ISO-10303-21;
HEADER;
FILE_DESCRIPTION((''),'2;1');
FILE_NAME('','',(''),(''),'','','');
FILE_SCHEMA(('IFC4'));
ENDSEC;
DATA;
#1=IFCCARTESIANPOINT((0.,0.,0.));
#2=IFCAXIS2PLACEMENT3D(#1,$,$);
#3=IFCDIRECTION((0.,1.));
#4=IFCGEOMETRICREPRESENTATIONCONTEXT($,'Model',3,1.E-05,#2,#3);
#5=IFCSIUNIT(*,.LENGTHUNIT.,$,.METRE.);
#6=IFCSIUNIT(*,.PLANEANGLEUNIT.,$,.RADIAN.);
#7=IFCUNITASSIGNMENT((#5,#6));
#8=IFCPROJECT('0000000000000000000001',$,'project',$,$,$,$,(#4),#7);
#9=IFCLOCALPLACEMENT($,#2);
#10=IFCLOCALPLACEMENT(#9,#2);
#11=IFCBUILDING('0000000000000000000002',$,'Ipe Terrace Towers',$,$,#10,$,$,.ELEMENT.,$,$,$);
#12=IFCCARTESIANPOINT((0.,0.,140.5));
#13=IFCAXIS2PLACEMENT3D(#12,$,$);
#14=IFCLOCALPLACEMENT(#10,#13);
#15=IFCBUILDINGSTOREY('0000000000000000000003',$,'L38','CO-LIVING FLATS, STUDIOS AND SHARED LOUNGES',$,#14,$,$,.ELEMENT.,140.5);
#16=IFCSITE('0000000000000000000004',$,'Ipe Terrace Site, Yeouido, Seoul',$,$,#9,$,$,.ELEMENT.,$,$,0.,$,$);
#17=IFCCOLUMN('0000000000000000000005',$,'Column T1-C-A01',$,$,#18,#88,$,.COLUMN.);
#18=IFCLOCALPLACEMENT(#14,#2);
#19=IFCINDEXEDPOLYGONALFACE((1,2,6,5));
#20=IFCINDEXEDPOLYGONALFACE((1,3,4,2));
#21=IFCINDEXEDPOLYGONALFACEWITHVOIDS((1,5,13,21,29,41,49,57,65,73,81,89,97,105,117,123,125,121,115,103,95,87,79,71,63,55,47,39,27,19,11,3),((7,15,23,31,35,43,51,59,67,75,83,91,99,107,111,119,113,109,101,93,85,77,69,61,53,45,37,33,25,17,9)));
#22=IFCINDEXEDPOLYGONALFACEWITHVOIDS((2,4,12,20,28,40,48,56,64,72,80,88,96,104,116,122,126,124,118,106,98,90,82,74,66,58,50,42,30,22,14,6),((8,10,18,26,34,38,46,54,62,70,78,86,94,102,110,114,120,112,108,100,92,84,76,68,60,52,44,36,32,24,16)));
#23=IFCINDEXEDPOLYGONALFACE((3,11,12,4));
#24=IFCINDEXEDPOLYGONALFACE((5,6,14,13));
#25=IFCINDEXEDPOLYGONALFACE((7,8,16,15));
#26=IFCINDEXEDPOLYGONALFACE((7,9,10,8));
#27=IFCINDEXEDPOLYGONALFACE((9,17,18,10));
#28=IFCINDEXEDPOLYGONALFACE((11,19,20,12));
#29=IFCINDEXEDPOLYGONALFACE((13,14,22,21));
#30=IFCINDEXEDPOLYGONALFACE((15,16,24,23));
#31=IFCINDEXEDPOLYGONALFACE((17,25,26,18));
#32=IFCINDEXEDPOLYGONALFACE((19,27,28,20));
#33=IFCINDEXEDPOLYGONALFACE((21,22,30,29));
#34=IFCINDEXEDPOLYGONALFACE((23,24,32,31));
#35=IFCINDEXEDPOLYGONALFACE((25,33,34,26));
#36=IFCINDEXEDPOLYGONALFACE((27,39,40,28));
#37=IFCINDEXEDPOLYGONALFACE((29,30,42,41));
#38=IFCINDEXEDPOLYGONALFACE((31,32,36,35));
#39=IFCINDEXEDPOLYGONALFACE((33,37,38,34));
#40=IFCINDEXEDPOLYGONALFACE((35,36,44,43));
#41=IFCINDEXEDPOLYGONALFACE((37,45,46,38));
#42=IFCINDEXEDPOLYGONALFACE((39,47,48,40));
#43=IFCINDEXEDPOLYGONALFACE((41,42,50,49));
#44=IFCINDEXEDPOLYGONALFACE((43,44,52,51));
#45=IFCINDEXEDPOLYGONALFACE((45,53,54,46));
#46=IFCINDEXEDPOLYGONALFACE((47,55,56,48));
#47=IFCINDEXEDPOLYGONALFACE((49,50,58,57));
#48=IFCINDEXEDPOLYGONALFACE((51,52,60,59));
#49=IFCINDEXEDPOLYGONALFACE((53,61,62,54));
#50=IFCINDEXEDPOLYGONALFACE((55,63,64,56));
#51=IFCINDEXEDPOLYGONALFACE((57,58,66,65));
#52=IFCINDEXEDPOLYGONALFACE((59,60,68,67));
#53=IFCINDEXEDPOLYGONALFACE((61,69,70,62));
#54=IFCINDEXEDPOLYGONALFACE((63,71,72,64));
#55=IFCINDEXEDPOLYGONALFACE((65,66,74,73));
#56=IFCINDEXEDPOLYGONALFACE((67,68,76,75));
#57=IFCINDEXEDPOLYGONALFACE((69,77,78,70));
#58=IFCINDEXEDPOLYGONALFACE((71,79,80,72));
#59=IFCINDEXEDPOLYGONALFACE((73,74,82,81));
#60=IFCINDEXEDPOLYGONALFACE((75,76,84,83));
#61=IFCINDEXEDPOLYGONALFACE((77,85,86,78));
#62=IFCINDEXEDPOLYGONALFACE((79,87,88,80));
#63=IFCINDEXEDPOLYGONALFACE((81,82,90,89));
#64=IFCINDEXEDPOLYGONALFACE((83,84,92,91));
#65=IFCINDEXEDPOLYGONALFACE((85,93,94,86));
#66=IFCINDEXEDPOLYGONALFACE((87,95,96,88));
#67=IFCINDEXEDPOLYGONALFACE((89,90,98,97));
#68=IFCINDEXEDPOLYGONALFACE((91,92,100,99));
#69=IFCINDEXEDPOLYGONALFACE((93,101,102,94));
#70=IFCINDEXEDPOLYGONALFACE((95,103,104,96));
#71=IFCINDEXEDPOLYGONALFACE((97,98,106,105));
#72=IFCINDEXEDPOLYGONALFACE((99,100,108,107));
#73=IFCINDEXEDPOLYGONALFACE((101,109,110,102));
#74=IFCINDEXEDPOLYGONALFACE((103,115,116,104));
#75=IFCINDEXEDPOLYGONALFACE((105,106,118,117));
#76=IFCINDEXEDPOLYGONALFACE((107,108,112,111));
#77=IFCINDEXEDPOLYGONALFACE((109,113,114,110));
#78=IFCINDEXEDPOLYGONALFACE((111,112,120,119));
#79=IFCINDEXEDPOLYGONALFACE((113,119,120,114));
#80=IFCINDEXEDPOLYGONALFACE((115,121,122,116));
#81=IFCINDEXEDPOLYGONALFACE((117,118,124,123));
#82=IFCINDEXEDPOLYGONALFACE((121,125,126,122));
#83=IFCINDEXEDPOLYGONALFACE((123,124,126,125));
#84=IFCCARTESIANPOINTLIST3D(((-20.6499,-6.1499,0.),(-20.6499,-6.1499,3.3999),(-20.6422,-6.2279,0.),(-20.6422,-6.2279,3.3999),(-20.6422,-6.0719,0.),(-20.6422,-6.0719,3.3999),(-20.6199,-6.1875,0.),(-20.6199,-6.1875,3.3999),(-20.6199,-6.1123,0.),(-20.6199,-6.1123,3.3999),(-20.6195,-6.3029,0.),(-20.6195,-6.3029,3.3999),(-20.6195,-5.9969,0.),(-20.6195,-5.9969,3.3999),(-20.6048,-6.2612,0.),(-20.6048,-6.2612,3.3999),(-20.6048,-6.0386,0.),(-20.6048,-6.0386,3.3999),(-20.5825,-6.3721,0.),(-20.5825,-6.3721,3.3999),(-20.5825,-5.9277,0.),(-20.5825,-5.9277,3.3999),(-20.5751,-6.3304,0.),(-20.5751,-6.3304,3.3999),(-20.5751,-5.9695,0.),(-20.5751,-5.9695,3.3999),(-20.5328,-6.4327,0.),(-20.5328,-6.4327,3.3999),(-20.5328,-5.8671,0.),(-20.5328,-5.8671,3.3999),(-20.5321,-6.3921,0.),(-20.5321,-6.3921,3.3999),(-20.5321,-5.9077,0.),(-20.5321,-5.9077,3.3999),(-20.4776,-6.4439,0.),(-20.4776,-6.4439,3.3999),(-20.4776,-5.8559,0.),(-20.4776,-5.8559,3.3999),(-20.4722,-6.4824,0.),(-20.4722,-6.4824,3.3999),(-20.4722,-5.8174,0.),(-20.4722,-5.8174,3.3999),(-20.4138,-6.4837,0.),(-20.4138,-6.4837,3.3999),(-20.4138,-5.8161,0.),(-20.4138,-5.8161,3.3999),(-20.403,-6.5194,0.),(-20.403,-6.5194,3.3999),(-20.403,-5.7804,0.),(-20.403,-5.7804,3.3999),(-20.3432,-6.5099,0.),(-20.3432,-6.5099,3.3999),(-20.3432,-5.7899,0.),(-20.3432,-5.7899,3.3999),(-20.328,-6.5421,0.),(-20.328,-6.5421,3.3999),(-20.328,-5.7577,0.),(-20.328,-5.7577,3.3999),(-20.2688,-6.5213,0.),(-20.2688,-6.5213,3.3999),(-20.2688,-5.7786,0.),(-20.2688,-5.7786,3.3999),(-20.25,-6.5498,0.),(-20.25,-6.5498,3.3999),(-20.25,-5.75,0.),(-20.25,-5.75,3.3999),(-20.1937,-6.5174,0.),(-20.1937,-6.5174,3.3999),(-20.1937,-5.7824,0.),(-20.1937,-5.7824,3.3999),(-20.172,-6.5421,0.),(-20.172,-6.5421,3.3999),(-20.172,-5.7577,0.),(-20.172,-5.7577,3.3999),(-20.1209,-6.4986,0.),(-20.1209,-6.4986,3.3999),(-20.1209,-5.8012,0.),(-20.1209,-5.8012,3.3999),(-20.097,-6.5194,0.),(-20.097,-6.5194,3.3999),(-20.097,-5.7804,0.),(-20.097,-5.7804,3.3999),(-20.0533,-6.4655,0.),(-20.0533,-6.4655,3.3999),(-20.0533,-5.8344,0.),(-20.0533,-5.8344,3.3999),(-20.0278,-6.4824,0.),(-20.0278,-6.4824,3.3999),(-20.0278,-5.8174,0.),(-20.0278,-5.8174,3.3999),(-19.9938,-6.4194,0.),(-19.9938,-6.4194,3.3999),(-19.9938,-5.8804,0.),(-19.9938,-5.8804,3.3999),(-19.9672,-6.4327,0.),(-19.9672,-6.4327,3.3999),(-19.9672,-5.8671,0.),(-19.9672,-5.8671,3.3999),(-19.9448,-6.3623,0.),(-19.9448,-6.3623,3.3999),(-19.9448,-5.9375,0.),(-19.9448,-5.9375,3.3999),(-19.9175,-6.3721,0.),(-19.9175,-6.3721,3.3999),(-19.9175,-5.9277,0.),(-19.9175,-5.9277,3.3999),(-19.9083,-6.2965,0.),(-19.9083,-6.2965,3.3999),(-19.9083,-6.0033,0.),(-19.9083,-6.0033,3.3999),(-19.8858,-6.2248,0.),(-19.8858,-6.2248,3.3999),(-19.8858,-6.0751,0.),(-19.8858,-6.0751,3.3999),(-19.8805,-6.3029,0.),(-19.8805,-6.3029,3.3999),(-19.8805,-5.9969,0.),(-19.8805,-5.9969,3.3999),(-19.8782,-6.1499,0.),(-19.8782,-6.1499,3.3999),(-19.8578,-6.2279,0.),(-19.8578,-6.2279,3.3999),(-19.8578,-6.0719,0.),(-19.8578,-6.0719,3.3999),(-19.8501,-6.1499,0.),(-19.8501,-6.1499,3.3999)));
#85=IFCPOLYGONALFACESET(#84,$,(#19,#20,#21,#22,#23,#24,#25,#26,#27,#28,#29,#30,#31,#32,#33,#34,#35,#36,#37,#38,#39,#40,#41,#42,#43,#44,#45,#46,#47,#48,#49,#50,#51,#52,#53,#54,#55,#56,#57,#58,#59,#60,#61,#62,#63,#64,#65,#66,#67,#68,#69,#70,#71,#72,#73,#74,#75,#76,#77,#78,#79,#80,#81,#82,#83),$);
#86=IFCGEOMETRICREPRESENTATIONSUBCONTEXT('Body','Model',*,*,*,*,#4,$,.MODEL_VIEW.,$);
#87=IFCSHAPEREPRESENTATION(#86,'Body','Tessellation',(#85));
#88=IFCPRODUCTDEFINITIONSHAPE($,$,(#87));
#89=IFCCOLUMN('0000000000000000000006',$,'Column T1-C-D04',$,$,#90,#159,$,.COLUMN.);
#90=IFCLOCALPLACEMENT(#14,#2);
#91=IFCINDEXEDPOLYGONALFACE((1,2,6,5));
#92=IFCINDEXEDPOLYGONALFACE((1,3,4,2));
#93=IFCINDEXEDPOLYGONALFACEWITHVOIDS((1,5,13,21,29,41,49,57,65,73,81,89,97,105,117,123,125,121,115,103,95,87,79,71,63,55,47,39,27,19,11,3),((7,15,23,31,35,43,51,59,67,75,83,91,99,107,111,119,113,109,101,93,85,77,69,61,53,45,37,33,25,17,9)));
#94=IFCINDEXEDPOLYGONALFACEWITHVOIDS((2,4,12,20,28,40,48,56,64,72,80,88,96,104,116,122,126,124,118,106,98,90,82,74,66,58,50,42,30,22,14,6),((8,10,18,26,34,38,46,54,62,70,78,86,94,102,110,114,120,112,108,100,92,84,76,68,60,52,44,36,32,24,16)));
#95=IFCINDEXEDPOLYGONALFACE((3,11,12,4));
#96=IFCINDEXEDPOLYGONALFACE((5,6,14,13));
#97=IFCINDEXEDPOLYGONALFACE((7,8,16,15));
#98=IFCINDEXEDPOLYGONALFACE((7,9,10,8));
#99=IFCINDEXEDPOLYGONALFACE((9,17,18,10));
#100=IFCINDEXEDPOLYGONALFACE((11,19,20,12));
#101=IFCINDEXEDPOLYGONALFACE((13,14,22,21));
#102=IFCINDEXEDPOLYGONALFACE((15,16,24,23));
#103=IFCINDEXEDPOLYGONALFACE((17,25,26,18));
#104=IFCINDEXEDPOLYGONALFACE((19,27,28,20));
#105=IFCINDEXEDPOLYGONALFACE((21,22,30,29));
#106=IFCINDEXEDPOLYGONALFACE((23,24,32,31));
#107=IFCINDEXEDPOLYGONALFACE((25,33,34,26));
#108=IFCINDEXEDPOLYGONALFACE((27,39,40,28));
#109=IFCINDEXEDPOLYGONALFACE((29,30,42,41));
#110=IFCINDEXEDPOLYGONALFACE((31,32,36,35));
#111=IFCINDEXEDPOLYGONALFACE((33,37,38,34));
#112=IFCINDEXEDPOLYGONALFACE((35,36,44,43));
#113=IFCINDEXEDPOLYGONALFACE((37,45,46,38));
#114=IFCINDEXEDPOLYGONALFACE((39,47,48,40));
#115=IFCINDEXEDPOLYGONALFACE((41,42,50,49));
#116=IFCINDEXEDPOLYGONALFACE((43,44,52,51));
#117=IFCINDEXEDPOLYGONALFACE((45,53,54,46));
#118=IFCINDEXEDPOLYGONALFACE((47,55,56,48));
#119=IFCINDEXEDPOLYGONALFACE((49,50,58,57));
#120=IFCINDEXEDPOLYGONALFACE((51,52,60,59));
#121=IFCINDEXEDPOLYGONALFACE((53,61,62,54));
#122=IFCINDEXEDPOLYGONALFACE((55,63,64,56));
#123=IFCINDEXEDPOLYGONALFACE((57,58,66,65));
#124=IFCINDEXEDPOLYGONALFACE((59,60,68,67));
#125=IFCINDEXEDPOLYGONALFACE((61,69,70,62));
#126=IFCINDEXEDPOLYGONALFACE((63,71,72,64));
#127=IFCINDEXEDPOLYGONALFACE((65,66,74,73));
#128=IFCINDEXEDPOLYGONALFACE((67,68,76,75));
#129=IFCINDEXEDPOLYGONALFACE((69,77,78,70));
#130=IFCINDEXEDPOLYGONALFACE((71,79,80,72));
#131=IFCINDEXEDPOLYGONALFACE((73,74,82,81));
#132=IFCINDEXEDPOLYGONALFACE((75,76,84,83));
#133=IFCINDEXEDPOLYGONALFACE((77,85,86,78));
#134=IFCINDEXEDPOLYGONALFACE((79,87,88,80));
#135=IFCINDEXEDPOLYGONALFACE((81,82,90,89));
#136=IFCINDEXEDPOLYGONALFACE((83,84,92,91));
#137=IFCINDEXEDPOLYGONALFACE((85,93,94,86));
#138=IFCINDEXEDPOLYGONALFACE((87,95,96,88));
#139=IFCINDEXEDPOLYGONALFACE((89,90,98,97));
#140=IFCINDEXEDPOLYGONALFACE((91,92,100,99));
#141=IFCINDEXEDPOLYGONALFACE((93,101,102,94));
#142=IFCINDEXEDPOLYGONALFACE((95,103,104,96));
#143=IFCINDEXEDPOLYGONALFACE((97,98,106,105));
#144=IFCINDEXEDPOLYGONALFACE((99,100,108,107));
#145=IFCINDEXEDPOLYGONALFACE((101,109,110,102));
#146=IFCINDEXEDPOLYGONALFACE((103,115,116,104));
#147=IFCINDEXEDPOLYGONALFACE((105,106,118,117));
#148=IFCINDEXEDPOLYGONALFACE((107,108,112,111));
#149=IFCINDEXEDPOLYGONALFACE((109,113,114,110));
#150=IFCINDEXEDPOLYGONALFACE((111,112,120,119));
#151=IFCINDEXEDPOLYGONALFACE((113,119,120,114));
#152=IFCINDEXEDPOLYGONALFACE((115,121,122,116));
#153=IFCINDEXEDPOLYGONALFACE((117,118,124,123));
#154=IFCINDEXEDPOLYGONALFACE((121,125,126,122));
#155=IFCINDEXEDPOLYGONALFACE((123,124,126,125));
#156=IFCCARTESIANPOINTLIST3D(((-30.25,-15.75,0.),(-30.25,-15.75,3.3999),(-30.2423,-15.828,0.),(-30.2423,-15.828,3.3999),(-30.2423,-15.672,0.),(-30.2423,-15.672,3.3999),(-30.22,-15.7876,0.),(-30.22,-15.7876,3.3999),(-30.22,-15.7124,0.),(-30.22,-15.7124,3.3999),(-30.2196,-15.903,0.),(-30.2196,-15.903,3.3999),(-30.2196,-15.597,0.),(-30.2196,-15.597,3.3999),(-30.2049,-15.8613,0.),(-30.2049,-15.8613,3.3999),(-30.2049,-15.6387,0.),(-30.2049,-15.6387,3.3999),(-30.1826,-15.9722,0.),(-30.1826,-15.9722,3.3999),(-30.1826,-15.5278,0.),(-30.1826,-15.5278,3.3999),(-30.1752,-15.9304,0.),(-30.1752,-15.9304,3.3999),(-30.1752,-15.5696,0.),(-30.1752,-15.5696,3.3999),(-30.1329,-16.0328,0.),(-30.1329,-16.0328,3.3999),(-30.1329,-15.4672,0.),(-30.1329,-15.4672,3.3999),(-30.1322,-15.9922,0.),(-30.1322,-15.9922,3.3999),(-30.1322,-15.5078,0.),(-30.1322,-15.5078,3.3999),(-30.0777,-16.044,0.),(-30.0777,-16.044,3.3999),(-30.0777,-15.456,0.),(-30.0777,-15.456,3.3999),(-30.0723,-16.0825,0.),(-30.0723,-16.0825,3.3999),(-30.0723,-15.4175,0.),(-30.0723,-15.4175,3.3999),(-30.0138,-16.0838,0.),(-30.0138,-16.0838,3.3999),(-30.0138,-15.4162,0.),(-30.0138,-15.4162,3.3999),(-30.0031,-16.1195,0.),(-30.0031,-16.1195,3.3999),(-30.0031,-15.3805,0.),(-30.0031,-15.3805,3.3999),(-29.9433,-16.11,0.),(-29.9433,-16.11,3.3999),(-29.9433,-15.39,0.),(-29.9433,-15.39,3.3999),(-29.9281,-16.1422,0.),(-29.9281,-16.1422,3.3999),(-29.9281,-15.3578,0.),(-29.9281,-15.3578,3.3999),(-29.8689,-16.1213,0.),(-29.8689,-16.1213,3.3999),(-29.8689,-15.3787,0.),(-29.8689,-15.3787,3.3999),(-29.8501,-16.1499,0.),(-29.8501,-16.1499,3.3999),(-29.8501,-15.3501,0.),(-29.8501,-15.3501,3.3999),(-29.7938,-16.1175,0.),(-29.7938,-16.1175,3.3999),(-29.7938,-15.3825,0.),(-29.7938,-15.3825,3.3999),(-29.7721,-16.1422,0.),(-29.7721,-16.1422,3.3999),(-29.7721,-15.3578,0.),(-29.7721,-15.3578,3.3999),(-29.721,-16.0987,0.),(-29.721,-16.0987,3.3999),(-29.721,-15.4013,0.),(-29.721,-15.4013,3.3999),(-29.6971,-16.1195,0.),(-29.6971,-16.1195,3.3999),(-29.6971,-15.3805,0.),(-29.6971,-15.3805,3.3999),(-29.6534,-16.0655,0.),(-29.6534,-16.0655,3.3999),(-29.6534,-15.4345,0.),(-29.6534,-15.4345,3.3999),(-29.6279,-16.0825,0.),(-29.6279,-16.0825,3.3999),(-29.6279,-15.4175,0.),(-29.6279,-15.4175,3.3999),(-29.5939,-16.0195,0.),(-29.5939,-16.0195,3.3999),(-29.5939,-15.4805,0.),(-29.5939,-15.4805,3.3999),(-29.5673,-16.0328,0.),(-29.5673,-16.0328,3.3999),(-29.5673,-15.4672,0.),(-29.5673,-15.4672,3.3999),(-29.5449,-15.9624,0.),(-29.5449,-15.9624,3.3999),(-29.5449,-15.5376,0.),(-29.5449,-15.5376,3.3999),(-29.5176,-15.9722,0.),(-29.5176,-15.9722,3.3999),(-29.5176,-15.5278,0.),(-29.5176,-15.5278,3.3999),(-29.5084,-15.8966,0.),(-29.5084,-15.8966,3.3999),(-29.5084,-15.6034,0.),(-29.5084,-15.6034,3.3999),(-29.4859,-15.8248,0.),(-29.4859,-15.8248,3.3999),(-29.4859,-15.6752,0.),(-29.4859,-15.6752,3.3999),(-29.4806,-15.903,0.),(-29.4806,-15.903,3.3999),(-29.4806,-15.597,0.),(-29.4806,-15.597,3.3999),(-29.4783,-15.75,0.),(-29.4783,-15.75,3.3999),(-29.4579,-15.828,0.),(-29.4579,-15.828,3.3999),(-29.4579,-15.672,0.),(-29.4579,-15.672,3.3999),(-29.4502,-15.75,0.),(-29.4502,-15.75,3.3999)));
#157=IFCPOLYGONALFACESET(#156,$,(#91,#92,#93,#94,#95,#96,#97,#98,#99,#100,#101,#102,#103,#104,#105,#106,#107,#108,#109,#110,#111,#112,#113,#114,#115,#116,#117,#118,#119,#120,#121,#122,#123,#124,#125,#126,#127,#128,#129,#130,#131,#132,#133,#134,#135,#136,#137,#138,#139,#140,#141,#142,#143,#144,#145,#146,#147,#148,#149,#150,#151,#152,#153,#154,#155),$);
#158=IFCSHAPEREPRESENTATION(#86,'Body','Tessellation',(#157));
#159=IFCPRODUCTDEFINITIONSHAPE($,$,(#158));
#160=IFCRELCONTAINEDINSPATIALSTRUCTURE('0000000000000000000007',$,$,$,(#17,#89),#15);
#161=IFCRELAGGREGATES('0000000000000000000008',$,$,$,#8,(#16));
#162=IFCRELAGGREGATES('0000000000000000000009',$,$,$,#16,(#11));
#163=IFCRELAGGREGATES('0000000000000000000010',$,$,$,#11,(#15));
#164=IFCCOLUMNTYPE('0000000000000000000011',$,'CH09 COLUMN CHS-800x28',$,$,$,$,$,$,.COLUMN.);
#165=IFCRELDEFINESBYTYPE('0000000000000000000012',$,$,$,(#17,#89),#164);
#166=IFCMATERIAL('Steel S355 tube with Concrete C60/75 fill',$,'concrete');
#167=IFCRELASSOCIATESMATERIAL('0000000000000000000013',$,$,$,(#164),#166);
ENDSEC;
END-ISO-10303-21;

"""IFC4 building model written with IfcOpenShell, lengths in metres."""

from ifc_helpers import new_model, si_unit, direction, frame, origin, origin_2d, place, context, subcontext, project, spatial, hollow_circle, extrude, material, material_profile, profile_set, type_object, element, save


model = new_model("IFC4")

# Units and contexts
model_context = context("Model", 3, precision=1e-05, world=origin(), true_north=direction((0.0, 1.0)))
body_context = subcontext(model_context, "Body", "Model", "MODEL_VIEW")
ifc_project = project(units=[si_unit("LENGTHUNIT", "METRE"), si_unit("PLANEANGLEUNIT", "RADIAN")], contexts=[model_context])

# Site, building, storey
site_placement = place(None, origin())
site = spatial("IfcSite", under=ifc_project, at=site_placement, Name="Ipe Terrace Site, Yeouido, Seoul", CompositionType="ELEMENT", RefElevation=0.0)
building_placement = place(site_placement, origin())
building = spatial("IfcBuilding", under=site, at=building_placement, Name="Ipe Terrace Towers", CompositionType="ELEMENT")
storey_placement = place(building_placement, frame((0.0, 0.0, 140.5)))
storey = spatial("IfcBuildingStorey", under=building, at=storey_placement, Name="L38", Description="CO-LIVING FLATS, STUDIOS AND SHARED LOUNGES", CompositionType="ELEMENT", Elevation=140.5)

# Columns
ifc_material_1 = material(Name="Steel S355 tube with Concrete C60/75 fill", Category="concrete")
ifc_material_profile_1 = material_profile(ifc_material_1, hollow_circle(Radius=0.3999, WallThickness=0.0281, at=origin_2d()), Name="CHS-800x28")
ifc_profile_set_1 = profile_set([ifc_material_profile_1], Name="Steel S355 tube with Concrete C60/75 fill")
column_type_1 = type_object("IfcColumnType", Name="CH09 COLUMN CHS-800x28", PredefinedType="COLUMN", material=ifc_profile_set_1)
for number, where, z_axis, x_axis, name in (
    (1, (-20.25, -6.1499, 0.0), (0.0, 0.0, 1.0), (1.0, 0.0, 0.0), "Column T1-C-A01"),
    (2, (-29.8501, -15.75, 0.0), (0.0, 0.0, 1.0), (1.0, 0.0, 0.0), "Column T1-C-D04"),
):
    element("IfcColumn", number, at=place(storey_placement, frame(where, z_axis=z_axis, x_axis=x_axis)), inside=storey, type_object=column_type_1, Name=name, PredefinedType="COLUMN", context=body_context, shape_type="SweptSolid", body=[
        extrude(hollow_circle(Radius=0.3999, WallThickness=0.0281, at=origin_2d()), origin(), (0.0, 0.0, 1.0), 3.3999),
    ])

save(model, "model.ifc")
